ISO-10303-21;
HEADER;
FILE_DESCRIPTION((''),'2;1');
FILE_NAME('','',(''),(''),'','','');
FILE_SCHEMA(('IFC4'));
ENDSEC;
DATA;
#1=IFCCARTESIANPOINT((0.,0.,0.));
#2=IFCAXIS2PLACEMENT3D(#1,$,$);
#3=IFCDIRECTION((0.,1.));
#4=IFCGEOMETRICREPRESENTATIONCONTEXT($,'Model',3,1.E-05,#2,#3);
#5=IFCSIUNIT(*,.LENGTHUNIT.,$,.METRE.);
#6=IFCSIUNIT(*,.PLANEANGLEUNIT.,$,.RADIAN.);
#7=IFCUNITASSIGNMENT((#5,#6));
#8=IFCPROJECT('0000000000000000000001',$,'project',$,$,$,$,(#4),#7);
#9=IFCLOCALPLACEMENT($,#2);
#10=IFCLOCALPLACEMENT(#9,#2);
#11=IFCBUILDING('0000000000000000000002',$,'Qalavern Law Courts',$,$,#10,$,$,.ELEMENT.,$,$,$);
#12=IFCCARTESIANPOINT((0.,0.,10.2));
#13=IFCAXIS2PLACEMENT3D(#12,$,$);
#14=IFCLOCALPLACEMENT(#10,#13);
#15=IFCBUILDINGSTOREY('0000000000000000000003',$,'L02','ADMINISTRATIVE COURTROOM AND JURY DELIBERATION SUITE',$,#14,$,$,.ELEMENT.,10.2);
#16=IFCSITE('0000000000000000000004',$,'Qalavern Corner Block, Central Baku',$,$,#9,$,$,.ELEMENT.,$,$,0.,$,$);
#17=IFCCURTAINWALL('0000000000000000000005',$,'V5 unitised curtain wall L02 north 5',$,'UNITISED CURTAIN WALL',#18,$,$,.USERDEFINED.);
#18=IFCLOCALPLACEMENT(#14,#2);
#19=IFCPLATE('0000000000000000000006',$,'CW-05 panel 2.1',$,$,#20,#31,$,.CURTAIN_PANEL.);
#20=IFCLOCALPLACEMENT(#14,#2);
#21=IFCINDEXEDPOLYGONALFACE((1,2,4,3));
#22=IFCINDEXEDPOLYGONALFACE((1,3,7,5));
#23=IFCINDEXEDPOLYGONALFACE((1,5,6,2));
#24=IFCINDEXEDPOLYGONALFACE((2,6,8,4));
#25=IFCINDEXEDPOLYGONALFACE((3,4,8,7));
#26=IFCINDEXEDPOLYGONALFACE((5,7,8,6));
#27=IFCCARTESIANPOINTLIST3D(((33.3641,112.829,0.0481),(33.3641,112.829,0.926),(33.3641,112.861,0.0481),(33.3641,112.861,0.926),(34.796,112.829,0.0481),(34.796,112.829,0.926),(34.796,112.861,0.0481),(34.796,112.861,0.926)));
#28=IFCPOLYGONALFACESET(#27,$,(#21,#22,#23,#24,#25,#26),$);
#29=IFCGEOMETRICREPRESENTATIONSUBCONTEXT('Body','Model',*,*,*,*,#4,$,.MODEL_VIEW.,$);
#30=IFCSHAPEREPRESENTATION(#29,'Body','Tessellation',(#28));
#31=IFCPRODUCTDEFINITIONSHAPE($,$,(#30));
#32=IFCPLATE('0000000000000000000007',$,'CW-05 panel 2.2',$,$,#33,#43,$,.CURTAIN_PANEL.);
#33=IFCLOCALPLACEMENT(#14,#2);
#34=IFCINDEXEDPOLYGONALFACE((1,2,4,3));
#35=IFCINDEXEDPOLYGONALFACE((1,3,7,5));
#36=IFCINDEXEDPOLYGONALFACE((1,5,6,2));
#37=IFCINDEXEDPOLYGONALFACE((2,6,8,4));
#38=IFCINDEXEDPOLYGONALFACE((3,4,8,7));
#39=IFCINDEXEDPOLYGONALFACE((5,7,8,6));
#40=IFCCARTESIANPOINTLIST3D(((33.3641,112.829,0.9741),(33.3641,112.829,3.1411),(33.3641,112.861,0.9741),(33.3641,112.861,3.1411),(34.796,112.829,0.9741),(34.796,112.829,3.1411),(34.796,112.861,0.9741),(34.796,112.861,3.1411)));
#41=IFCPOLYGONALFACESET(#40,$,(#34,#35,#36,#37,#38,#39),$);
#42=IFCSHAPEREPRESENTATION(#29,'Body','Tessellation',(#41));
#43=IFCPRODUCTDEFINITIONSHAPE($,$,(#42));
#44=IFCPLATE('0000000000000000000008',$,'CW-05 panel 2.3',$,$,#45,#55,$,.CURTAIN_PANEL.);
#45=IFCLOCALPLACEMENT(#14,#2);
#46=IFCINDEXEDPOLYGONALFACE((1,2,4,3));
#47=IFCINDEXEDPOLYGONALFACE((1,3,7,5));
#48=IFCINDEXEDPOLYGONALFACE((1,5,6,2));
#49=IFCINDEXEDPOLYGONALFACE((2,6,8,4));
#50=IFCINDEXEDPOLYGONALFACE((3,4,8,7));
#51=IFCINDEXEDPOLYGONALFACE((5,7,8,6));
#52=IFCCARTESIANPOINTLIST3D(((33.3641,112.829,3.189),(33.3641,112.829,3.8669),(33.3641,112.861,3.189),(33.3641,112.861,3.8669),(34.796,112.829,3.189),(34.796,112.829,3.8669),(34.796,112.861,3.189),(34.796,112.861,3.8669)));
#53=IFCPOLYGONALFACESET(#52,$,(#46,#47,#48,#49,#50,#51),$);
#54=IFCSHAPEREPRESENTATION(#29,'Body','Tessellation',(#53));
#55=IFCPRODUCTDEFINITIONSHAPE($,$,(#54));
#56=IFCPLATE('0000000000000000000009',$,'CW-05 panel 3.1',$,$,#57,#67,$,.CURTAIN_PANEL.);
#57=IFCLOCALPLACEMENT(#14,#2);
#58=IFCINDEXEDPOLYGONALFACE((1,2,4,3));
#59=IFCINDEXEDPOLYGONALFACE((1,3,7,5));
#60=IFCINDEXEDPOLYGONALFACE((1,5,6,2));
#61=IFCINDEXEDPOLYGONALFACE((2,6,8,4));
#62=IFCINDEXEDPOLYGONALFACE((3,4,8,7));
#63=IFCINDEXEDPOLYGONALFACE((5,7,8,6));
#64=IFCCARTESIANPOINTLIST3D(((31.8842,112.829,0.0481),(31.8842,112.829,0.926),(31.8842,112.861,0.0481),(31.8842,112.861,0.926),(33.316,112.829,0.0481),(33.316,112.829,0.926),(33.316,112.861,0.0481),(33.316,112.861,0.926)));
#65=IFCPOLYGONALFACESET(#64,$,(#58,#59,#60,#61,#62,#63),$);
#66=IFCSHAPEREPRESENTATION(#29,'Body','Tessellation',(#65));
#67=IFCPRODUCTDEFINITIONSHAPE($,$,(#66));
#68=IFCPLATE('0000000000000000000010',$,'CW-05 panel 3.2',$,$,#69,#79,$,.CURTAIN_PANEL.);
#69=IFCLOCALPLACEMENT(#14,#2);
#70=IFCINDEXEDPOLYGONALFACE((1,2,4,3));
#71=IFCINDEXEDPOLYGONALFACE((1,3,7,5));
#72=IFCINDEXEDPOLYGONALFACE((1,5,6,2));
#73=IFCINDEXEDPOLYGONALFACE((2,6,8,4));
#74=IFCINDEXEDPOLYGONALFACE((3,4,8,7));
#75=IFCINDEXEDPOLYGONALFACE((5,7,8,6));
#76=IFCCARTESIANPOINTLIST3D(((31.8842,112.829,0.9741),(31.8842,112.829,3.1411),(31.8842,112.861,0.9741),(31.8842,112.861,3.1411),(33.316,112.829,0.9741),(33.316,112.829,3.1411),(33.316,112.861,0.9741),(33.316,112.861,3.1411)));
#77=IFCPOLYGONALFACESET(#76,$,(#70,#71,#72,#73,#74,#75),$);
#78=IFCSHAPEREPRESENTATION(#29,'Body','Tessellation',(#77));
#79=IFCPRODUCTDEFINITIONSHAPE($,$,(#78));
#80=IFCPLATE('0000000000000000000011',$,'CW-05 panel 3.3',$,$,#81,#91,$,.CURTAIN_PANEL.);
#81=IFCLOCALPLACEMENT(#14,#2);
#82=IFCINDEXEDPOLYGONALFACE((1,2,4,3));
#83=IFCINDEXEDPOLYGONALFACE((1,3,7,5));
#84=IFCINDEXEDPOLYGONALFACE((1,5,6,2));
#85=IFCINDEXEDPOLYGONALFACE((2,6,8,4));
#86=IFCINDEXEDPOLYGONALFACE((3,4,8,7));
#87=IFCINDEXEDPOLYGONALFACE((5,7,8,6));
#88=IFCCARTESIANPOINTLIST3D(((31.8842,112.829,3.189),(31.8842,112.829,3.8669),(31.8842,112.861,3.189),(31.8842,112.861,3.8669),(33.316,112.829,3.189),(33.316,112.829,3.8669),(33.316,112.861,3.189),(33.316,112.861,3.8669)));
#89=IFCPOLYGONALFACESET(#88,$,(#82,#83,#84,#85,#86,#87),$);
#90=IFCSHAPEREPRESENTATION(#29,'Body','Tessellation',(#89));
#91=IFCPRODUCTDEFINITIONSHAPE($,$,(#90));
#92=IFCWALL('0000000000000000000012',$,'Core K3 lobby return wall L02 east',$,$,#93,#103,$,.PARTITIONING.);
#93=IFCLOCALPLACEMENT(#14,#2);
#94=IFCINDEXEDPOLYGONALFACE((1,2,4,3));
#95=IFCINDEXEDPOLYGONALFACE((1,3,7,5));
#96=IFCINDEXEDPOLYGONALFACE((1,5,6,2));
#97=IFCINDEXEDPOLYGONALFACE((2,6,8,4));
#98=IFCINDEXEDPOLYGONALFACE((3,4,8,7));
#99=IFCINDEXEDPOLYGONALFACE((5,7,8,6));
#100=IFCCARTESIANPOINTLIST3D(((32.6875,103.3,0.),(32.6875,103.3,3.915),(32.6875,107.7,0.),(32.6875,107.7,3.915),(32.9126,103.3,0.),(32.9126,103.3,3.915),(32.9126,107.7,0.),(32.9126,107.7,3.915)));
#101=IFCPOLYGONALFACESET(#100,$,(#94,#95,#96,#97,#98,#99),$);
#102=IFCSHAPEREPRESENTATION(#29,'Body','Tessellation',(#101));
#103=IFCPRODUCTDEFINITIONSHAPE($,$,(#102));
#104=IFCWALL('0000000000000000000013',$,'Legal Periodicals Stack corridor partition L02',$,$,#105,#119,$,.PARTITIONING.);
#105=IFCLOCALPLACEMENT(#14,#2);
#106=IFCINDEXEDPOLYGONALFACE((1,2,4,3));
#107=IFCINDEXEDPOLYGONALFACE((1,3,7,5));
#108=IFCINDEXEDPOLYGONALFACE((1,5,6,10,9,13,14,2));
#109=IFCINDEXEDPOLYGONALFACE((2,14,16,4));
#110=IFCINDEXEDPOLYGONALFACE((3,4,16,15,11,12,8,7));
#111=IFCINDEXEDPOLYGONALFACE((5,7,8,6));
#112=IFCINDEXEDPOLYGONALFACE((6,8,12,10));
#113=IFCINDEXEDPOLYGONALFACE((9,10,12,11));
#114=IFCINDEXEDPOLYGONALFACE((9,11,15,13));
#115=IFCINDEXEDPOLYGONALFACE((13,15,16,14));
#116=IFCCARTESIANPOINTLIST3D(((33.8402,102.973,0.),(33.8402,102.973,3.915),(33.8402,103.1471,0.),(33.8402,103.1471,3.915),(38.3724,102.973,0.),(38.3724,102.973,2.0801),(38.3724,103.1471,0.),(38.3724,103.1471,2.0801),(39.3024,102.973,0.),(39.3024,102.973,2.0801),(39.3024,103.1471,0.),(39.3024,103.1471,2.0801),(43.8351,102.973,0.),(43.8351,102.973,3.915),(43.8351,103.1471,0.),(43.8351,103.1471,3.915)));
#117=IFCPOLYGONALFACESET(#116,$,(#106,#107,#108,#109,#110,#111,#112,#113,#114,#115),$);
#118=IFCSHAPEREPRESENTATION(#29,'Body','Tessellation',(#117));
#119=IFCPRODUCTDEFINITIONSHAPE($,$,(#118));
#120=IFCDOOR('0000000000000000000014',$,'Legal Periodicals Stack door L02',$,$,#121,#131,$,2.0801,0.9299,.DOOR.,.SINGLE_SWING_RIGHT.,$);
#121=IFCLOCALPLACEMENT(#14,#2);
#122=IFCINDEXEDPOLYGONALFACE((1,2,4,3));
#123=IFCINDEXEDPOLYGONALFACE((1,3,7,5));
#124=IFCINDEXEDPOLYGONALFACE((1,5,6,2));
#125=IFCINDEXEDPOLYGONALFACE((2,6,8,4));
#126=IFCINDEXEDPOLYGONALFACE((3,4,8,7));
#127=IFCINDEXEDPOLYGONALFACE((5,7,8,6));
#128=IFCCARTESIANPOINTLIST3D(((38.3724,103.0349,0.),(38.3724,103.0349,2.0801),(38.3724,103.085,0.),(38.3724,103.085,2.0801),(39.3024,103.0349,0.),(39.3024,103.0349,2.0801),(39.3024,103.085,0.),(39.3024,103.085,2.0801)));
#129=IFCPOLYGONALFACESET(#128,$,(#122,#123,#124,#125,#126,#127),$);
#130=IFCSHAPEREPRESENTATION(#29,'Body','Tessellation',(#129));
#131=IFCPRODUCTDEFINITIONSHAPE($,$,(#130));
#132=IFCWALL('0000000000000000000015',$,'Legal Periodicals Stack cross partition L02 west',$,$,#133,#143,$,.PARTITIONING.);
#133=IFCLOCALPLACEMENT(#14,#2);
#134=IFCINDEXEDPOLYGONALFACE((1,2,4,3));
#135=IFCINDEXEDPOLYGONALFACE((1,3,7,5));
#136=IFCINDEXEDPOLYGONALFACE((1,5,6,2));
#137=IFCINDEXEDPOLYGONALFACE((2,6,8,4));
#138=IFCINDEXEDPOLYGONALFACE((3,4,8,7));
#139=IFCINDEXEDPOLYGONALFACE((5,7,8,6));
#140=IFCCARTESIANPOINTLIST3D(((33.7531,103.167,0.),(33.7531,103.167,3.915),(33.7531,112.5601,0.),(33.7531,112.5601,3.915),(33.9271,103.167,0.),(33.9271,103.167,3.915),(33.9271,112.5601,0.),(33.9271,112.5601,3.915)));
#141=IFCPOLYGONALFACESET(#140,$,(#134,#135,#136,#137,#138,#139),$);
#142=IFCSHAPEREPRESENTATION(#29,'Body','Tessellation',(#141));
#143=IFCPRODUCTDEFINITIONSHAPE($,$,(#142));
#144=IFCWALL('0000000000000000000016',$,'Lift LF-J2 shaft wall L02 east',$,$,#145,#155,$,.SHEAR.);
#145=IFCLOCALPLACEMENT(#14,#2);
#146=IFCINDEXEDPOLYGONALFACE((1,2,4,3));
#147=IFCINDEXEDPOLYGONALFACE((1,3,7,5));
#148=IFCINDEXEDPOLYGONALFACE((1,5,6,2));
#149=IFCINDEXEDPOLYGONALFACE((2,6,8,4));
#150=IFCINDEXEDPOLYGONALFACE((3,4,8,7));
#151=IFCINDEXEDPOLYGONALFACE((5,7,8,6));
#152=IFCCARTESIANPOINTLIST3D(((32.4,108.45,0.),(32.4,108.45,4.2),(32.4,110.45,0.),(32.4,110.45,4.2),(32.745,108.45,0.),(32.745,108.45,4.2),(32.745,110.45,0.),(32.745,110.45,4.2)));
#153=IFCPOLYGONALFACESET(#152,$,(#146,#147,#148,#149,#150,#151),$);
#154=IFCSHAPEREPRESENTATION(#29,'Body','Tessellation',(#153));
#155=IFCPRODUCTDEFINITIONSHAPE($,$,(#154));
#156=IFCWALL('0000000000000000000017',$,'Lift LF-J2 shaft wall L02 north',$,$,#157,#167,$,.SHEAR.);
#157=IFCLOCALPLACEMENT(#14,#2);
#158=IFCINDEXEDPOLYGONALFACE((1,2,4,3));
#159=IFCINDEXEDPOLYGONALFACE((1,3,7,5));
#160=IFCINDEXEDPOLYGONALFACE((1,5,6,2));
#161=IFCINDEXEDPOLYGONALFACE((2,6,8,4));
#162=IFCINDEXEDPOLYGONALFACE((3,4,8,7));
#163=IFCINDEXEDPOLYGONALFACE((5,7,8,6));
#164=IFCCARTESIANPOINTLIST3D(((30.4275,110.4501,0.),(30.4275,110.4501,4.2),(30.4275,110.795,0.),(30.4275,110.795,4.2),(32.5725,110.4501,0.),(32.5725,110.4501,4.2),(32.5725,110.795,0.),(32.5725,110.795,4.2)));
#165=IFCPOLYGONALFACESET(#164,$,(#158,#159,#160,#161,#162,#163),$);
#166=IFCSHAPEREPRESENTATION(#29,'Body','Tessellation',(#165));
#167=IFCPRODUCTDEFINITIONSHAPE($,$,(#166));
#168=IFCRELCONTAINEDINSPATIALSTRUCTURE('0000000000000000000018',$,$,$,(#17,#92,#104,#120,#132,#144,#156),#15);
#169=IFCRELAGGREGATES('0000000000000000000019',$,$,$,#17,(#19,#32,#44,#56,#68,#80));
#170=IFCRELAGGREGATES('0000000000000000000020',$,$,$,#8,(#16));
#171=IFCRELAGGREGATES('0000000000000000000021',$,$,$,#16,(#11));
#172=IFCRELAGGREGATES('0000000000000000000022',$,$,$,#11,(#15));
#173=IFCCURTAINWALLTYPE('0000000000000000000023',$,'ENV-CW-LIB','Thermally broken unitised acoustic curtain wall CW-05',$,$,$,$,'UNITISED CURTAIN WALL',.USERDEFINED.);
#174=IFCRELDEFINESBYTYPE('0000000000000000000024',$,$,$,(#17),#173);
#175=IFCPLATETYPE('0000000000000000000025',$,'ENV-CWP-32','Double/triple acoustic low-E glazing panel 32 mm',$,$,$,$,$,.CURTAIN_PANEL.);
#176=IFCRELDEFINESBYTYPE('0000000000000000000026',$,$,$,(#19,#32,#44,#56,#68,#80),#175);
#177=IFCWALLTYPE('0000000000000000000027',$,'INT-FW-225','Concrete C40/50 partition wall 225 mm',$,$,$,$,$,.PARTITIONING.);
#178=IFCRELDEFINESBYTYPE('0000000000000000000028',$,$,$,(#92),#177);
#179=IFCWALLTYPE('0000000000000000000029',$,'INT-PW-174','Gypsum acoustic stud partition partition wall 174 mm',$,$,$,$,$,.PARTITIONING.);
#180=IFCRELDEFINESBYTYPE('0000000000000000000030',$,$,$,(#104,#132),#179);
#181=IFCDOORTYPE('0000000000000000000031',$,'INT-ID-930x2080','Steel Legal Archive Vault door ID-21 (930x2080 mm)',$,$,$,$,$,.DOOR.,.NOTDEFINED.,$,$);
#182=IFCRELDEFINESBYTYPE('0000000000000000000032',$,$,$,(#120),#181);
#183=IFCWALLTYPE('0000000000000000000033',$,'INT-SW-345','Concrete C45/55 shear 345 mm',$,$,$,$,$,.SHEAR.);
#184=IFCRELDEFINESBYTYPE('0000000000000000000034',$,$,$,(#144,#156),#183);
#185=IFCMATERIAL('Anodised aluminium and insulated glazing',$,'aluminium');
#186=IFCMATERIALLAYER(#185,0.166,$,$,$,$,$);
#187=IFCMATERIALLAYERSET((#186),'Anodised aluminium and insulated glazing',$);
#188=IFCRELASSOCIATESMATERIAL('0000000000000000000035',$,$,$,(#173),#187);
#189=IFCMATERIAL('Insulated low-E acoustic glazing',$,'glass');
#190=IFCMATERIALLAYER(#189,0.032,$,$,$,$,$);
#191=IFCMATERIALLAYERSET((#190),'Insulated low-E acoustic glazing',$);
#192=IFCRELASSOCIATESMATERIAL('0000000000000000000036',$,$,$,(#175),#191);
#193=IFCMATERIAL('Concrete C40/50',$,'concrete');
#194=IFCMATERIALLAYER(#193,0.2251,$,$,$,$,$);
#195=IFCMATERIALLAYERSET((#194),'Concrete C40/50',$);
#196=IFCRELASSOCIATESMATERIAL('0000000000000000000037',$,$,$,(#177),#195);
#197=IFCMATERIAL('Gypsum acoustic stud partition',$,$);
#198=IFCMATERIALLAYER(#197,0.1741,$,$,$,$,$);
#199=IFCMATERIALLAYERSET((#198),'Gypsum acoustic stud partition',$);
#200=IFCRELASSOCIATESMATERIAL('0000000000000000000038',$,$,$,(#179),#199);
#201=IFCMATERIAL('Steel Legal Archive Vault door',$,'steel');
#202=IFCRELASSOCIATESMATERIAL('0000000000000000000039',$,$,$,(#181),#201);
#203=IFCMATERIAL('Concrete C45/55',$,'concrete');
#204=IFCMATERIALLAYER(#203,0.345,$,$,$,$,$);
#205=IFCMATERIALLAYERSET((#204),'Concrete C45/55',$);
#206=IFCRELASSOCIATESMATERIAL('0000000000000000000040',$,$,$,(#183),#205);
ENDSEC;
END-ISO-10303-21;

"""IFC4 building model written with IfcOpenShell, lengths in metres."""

from ifc_helpers import new_model, si_unit, direction, frame, frame_2d, origin, origin_2d, place, context, subcontext, project, spatial, rectangle, extrude, material, layer, layer_set, type_object, element, fill, aggregate, save


model = new_model("IFC4")

# Units and contexts
model_context = context("Model", 3, precision=1e-05, world=origin(), true_north=direction((0.0, 1.0)))
body_context = subcontext(model_context, "Body", "Model", "MODEL_VIEW")
ifc_project = project(units=[si_unit("LENGTHUNIT", "METRE"), si_unit("PLANEANGLEUNIT", "RADIAN")], contexts=[model_context])

# Site, building, storey
site_placement = place(None, origin())
site = spatial("IfcSite", under=ifc_project, at=site_placement, Name="Qalavern Corner Block, Central Baku", CompositionType="ELEMENT", RefElevation=0.0)
building_placement = place(site_placement, origin())
building = spatial("IfcBuilding", under=site, at=building_placement, Name="Qalavern Law Courts", CompositionType="ELEMENT")
storey_placement = place(building_placement, frame((0.0, 0.0, 10.2)))
storey = spatial("IfcBuildingStorey", under=building, at=storey_placement, Name="L02", Description="ADMINISTRATIVE COURTROOM AND JURY DELIBERATION SUITE", CompositionType="ELEMENT", Elevation=10.2)

# Curtain wall, plates
ifc_material_1 = material(Name="Anodised aluminium and insulated glazing", Category="aluminium")
ifc_layer_1 = layer(ifc_material_1, 0.166)
ifc_layer_set_1 = layer_set([ifc_layer_1], Name="Anodised aluminium and insulated glazing")
curtain_wall_type = type_object("IfcCurtainWallType", Name="ENV-CW-LIB", Description="Thermally broken unitised acoustic curtain wall CW-05", ElementType="UNITISED CURTAIN WALL", PredefinedType="USERDEFINED", material=ifc_layer_set_1)
curtain_wall_placement = place(storey_placement, origin())
curtain_wall = element("IfcCurtainWall", 1, at=curtain_wall_placement, inside=storey, type_object=curtain_wall_type, Name="V5 unitised curtain wall L02 north 5", ObjectType="UNITISED CURTAIN WALL", PredefinedType="USERDEFINED")
ifc_material_2 = material(Name="Insulated low-E acoustic glazing", Category="glass")
ifc_layer_2 = layer(ifc_material_2, 0.032)
ifc_layer_set_2 = layer_set([ifc_layer_2], Name="Insulated low-E acoustic glazing")
plate_type = type_object("IfcPlateType", Name="ENV-CWP-32", Description="Double/triple acoustic low-E glazing panel 32 mm", PredefinedType="CURTAIN_PANEL", material=ifc_layer_set_2)
plate_1_placement = place(storey_placement, frame((34.0801, 112.845, 0.0481), z_axis=(0.0, 0.0, 1.0), x_axis=(-1.0, 0.0, 0.0)))
plate_1 = element("IfcPlate", 2, at=plate_1_placement, type_object=plate_type, Name="CW-05 panel 2.1", PredefinedType="CURTAIN_PANEL", context=body_context, shape_type="SweptSolid", body=[
    extrude(rectangle(XDim=1.4319, YDim=0.032, at=origin_2d()), origin(), (0.0, 0.0, 1.0), 0.8779),
])
plate_2_placement = place(storey_placement, frame((34.0801, 112.845, 0.9741), z_axis=(0.0, 0.0, 1.0), x_axis=(-1.0, 0.0, 0.0)))
plate_2 = element("IfcPlate", 3, at=plate_2_placement, type_object=plate_type, Name="CW-05 panel 2.2", PredefinedType="CURTAIN_PANEL", context=body_context, shape_type="SweptSolid", body=[
    extrude(rectangle(XDim=1.4319, YDim=0.032, at=origin_2d()), origin(), (0.0, 0.0, 1.0), 2.167),
])
plate_3_placement = place(storey_placement, frame((34.0801, 112.845, 3.189), z_axis=(0.0, 0.0, 1.0), x_axis=(-1.0, 0.0, 0.0)))
plate_3 = element("IfcPlate", 4, at=plate_3_placement, type_object=plate_type, Name="CW-05 panel 2.3", PredefinedType="CURTAIN_PANEL", context=body_context, shape_type="SweptSolid", body=[
    extrude(rectangle(XDim=1.4319, YDim=0.032, at=origin_2d()), origin(), (0.0, 0.0, 1.0), 0.678),
])
plate_4_placement = place(storey_placement, frame((32.6001, 112.845, 0.0481), z_axis=(0.0, 0.0, 1.0), x_axis=(-1.0, 0.0, 0.0)))
plate_4 = element("IfcPlate", 5, at=plate_4_placement, type_object=plate_type, Name="CW-05 panel 3.1", PredefinedType="CURTAIN_PANEL", context=body_context, shape_type="SweptSolid", body=[
    extrude(rectangle(XDim=1.4319, YDim=0.032, at=origin_2d()), origin(), (0.0, 0.0, 1.0), 0.8779),
])
plate_5_placement = place(storey_placement, frame((32.6001, 112.845, 0.9741), z_axis=(0.0, 0.0, 1.0), x_axis=(-1.0, 0.0, 0.0)))
plate_5 = element("IfcPlate", 6, at=plate_5_placement, type_object=plate_type, Name="CW-05 panel 3.2", PredefinedType="CURTAIN_PANEL", context=body_context, shape_type="SweptSolid", body=[
    extrude(rectangle(XDim=1.4319, YDim=0.032, at=origin_2d()), origin(), (0.0, 0.0, 1.0), 2.167),
])
plate_6_placement = place(storey_placement, frame((32.6001, 112.845, 3.189), z_axis=(0.0, 0.0, 1.0), x_axis=(-1.0, 0.0, 0.0)))
plate_6 = element("IfcPlate", 7, at=plate_6_placement, type_object=plate_type, Name="CW-05 panel 3.3", PredefinedType="CURTAIN_PANEL", context=body_context, shape_type="SweptSolid", body=[
    extrude(rectangle(XDim=1.4319, YDim=0.032, at=origin_2d()), origin(), (0.0, 0.0, 1.0), 0.678),
])
aggregate(curtain_wall, [plate_1, plate_2, plate_3, plate_4, plate_5, plate_6])

# Wall
ifc_material_3 = material(Name="Concrete C40/50", Category="concrete")
ifc_layer_3 = layer(ifc_material_3, 0.2251)
ifc_layer_set_3 = layer_set([ifc_layer_3], Name="Concrete C40/50")
wall_type_1 = type_object("IfcWallType", Name="INT-FW-225", Description="Concrete C40/50 partition wall 225 mm", PredefinedType="PARTITIONING", material=ifc_layer_set_3)
wall_1_placement = place(storey_placement, frame((32.8, 103.3, 0.0), z_axis=(0.0, 0.0, 1.0), x_axis=(0.0, 1.0, 0.0)))
element("IfcWall", 8, at=wall_1_placement, inside=storey, type_object=wall_type_1, Name="Core K3 lobby return wall L02 east", PredefinedType="PARTITIONING", context=body_context, shape_type="SweptSolid", body=[
    extrude(rectangle(XDim=4.3999, YDim=0.2251, at=frame_2d((2.2, 0.0))), origin(), (0.0, 0.0, 1.0), 3.915),
])

# Wall, opening, door
ifc_material_4 = material(Name="Gypsum acoustic stud partition")
ifc_layer_4 = layer(ifc_material_4, 0.1741)
ifc_layer_set_4 = layer_set([ifc_layer_4], Name="Gypsum acoustic stud partition")
wall_type_2 = type_object("IfcWallType", Name="INT-PW-174", Description="Gypsum acoustic stud partition partition wall 174 mm", PredefinedType="PARTITIONING", material=ifc_layer_set_4)
wall_2_placement = place(storey_placement, frame((33.8401, 103.0601, 0.0), z_axis=(0.0, 0.0, 1.0), x_axis=(1.0, 0.0, 0.0)))
wall_2 = element("IfcWall", 9, at=wall_2_placement, inside=storey, type_object=wall_type_2, Name="Legal Periodicals Stack corridor partition L02", PredefinedType="PARTITIONING", context=body_context, shape_type="SweptSolid", body=[
    extrude(rectangle(XDim=9.9949, YDim=0.1741, at=frame_2d((4.9976, 0.0))), origin(), (0.0, 0.0, 1.0), 3.915),
])
opening_placement = place(wall_2_placement, frame((4.5325, 0.0, 0.0)))
opening = element("IfcOpeningElement", 10, at=opening_placement, cuts=wall_2, PredefinedType="OPENING", context=body_context, shape_type="SweptSolid", body=[
    extrude(rectangle(XDim=0.9299, YDim=2.0801, at=frame_2d((0.4648, 1.04))), frame((0.0, 0.1021, 0.0), z_axis=(0.0, -1.0, 0.0), x_axis=(1.0, 0.0, 0.0)), (0.0, 0.0, 1.0), 0.2039),
])
ifc_material_5 = material(Name="Steel Legal Archive Vault door", Category="steel")
door_type = type_object("IfcDoorType", Name="INT-ID-930x2080", Description="Steel Legal Archive Vault door ID-21 (930x2080 mm)", OperationType="NOTDEFINED", PredefinedType="DOOR", material=ifc_material_5)
door_placement = place(opening_placement, origin())
door = element("IfcDoor", 11, at=door_placement, inside=storey, type_object=door_type, Name="Legal Periodicals Stack door L02", OperationType="SINGLE_SWING_RIGHT", OverallHeight=2.0801, OverallWidth=0.9299, PredefinedType="DOOR", context=body_context, shape_type="SweptSolid", body=[
    extrude(rectangle(XDim=0.9299, YDim=2.0801, at=frame_2d((0.4648, 1.04))), frame((0.0, 0.0249, 0.0), z_axis=(0.0, -1.0, 0.0), x_axis=(1.0, 0.0, 0.0)), (0.0, 0.0, 1.0), 0.05),
])
fill(opening, door)

# Walls
wall_3_placement = place(storey_placement, frame((33.8401, 103.167, 0.0), z_axis=(0.0, 0.0, 1.0), x_axis=(0.0, 1.0, 0.0)))
element("IfcWall", 12, at=wall_3_placement, inside=storey, type_object=wall_type_2, Name="Legal Periodicals Stack cross partition L02 west", PredefinedType="PARTITIONING", context=body_context, shape_type="SweptSolid", body=[
    extrude(rectangle(XDim=9.3931, YDim=0.1741, at=frame_2d((4.6965, 0.0))), origin(), (0.0, 0.0, 1.0), 3.915),
])
ifc_material_6 = material(Name="Concrete C45/55", Category="concrete")
ifc_layer_5 = layer(ifc_material_6, 0.345)
ifc_layer_set_5 = layer_set([ifc_layer_5], Name="Concrete C45/55")
wall_type_3 = type_object("IfcWallType", Name="INT-SW-345", Description="Concrete C45/55 shear 345 mm", PredefinedType="SHEAR", material=ifc_layer_set_5)
wall_4_placement = place(storey_placement, frame((32.5725, 108.45, 0.0), z_axis=(0.0, 0.0, 1.0), x_axis=(0.0, 1.0, 0.0)))
element("IfcWall", 13, at=wall_4_placement, inside=storey, type_object=wall_type_3, Name="Lift LF-J2 shaft wall L02 east", PredefinedType="SHEAR", context=body_context, shape_type="SweptSolid", body=[
    extrude(rectangle(XDim=2.0, YDim=0.345, at=frame_2d((1.0, 0.0))), origin(), (0.0, 0.0, 1.0), 4.2),
])
wall_5_placement = place(storey_placement, frame((32.5725, 110.6226, 0.0), z_axis=(0.0, 0.0, 1.0), x_axis=(-1.0, 0.0, 0.0)))
element("IfcWall", 14, at=wall_5_placement, inside=storey, type_object=wall_type_3, Name="Lift LF-J2 shaft wall L02 north", PredefinedType="SHEAR", context=body_context, shape_type="SweptSolid", body=[
    extrude(rectangle(XDim=2.145, YDim=0.345, at=frame_2d((1.0725, 0.0))), origin(), (0.0, 0.0, 1.0), 4.2),
])

save(model, "model.ifc")
